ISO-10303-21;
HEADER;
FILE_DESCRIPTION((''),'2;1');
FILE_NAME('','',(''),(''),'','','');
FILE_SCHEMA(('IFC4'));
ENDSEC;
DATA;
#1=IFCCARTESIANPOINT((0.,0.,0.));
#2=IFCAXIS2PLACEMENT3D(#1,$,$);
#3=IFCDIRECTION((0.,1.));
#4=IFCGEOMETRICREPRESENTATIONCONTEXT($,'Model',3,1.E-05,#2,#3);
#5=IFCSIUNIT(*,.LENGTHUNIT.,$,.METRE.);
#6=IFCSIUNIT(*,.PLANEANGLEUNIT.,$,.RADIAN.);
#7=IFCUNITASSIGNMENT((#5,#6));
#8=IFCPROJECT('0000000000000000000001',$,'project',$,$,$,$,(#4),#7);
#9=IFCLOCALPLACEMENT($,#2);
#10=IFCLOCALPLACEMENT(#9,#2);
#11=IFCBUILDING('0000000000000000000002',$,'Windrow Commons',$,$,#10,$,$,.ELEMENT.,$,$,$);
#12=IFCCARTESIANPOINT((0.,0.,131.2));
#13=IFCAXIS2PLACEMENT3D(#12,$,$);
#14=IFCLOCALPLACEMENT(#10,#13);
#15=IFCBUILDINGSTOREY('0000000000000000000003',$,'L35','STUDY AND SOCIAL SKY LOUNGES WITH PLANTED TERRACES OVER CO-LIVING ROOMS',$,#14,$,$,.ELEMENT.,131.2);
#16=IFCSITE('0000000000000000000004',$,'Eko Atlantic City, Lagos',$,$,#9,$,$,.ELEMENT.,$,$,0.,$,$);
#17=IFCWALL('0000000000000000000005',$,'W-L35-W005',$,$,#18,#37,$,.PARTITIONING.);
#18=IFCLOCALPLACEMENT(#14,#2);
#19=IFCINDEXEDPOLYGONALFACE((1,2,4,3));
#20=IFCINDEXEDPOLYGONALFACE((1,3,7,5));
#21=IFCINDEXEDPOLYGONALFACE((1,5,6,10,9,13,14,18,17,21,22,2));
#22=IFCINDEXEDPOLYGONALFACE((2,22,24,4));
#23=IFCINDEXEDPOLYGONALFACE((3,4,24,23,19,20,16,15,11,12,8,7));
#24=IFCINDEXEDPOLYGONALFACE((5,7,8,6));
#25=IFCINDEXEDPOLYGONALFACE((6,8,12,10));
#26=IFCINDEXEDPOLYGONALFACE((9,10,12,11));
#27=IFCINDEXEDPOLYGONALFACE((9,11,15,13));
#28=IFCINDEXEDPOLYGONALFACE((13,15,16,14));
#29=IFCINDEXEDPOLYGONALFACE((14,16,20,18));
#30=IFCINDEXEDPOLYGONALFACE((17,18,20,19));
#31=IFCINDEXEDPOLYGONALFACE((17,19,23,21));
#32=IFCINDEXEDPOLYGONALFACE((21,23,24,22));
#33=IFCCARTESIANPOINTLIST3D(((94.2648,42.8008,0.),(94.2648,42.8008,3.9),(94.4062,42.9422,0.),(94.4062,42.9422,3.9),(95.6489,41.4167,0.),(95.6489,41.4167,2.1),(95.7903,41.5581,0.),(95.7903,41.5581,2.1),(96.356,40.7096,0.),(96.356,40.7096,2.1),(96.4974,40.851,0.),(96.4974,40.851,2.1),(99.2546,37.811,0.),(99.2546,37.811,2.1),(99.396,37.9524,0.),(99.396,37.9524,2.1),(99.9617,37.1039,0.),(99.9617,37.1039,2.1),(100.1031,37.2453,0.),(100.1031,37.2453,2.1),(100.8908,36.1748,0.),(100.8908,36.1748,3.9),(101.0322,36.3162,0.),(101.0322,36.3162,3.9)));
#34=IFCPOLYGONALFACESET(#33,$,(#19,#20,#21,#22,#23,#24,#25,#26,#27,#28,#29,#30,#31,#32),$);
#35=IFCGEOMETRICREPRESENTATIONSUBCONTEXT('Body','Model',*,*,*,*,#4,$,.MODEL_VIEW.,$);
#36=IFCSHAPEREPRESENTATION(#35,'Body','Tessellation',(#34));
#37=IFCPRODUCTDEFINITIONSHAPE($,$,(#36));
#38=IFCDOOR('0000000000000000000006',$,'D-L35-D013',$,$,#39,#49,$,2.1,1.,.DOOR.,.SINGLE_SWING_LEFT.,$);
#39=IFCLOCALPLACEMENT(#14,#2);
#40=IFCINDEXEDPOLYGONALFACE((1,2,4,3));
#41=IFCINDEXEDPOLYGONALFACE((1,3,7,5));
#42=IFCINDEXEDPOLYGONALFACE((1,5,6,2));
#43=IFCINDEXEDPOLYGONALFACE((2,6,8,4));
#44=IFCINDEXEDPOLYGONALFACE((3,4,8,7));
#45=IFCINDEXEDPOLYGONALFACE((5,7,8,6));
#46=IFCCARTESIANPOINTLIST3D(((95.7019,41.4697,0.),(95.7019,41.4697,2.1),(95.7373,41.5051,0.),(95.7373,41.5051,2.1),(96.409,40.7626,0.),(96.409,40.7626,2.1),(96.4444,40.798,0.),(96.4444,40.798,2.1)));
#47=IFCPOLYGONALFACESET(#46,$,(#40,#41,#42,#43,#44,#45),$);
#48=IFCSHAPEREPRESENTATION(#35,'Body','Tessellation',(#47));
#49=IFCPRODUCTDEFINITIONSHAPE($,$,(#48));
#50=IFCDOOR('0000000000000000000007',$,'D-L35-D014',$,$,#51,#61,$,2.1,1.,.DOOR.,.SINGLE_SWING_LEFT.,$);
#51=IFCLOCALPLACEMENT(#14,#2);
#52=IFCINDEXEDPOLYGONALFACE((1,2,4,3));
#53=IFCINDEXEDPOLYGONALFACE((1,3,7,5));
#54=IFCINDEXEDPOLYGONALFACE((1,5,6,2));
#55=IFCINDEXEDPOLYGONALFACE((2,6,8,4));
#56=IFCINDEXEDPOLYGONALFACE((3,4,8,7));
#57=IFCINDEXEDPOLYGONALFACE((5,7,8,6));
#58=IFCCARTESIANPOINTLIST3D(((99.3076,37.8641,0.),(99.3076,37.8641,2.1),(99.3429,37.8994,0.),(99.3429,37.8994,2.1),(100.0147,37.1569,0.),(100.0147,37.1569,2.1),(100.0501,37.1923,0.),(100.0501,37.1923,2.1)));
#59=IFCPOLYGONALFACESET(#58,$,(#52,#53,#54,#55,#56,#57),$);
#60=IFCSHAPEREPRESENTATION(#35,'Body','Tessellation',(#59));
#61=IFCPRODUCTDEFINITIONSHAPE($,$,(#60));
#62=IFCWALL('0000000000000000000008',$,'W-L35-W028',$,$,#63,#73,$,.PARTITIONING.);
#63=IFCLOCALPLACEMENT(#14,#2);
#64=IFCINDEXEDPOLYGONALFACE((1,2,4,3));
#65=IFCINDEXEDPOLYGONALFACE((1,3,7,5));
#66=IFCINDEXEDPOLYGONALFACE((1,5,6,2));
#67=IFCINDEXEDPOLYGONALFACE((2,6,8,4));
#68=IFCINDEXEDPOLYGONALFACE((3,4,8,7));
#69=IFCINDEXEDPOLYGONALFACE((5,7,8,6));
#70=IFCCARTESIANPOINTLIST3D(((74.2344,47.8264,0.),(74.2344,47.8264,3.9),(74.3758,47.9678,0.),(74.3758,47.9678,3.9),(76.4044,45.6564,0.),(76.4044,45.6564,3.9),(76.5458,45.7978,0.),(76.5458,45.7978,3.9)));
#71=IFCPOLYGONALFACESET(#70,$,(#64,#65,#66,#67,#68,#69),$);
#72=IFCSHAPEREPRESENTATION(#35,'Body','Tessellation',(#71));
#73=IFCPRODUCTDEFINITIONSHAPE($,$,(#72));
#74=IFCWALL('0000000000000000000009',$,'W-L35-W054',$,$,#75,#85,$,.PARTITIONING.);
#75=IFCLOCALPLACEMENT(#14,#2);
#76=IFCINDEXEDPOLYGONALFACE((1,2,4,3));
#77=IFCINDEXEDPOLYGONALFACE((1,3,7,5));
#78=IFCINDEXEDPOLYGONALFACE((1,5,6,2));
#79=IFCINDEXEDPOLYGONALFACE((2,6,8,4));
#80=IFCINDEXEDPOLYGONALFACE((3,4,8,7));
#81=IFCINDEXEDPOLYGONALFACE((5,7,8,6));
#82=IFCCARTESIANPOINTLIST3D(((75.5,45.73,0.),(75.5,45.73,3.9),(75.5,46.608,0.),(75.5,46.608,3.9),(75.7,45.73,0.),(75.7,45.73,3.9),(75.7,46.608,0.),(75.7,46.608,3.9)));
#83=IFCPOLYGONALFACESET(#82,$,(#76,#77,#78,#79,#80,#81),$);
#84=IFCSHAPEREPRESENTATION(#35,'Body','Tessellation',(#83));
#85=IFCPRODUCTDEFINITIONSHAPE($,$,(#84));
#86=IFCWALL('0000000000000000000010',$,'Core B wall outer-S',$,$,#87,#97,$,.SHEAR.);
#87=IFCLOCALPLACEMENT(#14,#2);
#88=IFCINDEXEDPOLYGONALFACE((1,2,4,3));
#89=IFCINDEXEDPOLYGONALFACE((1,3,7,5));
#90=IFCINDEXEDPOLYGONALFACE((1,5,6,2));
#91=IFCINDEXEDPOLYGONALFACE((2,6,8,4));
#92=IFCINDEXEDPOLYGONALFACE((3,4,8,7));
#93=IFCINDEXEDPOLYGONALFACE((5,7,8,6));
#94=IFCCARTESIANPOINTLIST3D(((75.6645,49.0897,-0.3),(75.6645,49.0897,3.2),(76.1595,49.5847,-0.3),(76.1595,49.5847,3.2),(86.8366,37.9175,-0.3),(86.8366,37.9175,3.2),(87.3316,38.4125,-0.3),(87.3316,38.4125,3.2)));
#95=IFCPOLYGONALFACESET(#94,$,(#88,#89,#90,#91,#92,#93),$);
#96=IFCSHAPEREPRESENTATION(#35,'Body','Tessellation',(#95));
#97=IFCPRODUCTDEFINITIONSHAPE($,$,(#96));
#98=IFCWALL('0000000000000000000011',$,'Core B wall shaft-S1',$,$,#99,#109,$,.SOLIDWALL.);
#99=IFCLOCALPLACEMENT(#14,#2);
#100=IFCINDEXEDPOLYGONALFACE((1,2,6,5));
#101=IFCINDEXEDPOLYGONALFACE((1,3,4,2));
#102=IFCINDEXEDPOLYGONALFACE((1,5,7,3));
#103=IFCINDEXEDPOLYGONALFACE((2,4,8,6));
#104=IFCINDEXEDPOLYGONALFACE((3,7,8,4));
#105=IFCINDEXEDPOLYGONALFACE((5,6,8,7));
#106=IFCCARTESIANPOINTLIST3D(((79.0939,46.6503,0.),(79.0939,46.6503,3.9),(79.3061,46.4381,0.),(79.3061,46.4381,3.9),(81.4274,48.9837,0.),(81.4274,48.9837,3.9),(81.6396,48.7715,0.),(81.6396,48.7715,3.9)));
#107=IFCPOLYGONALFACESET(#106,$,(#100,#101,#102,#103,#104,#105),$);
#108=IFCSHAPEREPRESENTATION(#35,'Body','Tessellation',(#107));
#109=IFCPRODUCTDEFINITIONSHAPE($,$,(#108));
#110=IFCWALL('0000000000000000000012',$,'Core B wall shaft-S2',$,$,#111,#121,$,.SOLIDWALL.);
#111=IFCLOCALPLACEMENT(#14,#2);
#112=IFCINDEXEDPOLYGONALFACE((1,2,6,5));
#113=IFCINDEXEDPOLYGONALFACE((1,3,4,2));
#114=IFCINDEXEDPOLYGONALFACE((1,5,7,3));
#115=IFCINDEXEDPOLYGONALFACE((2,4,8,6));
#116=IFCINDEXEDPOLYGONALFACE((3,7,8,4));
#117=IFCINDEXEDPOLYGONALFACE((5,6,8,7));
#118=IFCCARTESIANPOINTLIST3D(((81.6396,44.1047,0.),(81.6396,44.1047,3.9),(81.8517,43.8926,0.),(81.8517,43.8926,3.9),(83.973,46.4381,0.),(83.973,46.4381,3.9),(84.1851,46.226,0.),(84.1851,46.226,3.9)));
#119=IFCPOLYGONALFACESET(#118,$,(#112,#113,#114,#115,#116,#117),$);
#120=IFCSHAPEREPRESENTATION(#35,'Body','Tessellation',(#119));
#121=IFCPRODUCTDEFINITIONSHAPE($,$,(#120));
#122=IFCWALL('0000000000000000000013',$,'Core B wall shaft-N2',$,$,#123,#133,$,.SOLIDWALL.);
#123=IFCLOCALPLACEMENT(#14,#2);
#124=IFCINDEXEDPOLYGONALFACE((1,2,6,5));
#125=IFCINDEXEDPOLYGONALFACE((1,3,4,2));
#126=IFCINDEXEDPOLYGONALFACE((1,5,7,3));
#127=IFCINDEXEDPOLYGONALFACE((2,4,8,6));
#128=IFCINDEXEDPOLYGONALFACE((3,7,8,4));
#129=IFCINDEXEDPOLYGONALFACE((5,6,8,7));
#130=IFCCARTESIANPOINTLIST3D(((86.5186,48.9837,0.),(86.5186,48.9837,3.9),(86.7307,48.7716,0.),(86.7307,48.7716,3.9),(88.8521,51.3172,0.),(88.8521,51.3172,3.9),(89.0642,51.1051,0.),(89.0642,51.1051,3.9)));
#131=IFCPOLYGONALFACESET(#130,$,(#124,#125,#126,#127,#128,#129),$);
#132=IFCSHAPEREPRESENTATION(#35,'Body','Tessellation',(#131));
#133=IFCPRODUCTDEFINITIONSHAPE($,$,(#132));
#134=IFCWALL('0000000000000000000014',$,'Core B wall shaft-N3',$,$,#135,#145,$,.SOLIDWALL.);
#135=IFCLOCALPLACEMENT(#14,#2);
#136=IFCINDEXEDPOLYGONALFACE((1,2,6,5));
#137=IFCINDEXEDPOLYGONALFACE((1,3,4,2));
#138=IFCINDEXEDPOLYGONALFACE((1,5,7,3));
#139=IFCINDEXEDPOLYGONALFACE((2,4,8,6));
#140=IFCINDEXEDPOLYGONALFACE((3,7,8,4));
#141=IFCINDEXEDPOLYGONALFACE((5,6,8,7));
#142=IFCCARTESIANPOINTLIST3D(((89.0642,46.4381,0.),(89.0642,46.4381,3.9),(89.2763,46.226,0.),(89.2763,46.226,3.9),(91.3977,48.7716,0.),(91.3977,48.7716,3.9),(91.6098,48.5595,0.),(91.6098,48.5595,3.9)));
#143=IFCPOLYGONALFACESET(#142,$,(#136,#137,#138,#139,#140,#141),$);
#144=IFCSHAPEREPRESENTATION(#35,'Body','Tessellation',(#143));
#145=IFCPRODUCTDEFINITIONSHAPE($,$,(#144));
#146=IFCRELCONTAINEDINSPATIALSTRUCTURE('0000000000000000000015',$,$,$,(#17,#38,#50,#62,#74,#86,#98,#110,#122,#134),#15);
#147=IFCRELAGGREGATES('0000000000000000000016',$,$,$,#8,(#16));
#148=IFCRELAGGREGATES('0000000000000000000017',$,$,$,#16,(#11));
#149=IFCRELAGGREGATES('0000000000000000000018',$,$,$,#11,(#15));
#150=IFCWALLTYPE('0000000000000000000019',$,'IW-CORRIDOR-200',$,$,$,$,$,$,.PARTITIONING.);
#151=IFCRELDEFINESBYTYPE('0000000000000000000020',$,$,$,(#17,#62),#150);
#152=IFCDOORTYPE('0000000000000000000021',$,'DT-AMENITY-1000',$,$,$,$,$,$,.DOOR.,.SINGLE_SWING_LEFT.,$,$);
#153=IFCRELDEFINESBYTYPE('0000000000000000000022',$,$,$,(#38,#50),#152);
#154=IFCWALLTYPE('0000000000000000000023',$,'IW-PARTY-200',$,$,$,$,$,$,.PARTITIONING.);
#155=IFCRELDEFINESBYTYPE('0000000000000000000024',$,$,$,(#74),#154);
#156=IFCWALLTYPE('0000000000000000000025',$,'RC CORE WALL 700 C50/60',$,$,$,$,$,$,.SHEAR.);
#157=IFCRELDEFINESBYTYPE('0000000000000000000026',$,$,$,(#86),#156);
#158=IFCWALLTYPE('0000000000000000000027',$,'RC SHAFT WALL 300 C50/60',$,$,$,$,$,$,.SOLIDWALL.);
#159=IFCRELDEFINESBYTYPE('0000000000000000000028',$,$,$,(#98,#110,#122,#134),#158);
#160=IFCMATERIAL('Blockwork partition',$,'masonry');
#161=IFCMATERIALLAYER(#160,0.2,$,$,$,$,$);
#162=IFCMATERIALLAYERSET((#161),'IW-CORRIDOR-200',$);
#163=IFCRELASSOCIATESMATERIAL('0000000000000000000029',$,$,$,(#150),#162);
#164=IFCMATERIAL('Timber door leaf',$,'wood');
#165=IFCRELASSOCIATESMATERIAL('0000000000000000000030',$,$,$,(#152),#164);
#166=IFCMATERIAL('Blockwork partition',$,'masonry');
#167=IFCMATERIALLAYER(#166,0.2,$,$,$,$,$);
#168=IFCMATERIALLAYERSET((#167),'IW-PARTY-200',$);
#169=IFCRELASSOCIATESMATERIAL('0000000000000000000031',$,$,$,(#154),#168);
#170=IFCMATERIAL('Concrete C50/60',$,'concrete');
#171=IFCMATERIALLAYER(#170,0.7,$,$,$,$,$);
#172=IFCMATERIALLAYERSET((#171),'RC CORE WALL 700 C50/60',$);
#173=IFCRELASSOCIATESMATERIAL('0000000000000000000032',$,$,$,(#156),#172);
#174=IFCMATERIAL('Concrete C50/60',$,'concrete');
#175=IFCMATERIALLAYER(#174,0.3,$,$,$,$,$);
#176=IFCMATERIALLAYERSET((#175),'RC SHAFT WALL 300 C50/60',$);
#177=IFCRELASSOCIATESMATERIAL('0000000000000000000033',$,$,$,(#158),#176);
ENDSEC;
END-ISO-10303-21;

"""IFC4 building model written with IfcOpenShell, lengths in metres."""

from ifc_helpers import new_model, si_unit, direction, frame, frame_2d, origin, place, context, subcontext, project, spatial, rectangle, extrude, material, layer, layer_set, type_object, element, fill, save


model = new_model("IFC4")

# Units and contexts
model_context = context("Model", 3, precision=1e-05, world=origin(), true_north=direction((0.0, 1.0)))
body_context = subcontext(model_context, "Body", "Model", "MODEL_VIEW")
ifc_project = project(units=[si_unit("LENGTHUNIT", "METRE"), si_unit("PLANEANGLEUNIT", "RADIAN")], contexts=[model_context])

# Site, building, storey
site_placement = place(None, origin())
site = spatial("IfcSite", under=ifc_project, at=site_placement, Name="Eko Atlantic City, Lagos", CompositionType="ELEMENT", RefElevation=0.0)
building_placement = place(site_placement, origin())
building = spatial("IfcBuilding", under=site, at=building_placement, Name="Windrow Commons", CompositionType="ELEMENT")
storey_placement = place(building_placement, frame((0.0, 0.0, 131.2)))
storey = spatial("IfcBuildingStorey", under=building, at=storey_placement, Name="L35", Description="STUDY AND SOCIAL SKY LOUNGES WITH PLANTED TERRACES OVER CO-LIVING ROOMS", CompositionType="ELEMENT", Elevation=131.2)

# Wall, openings, doors
ifc_material_1 = material(Name="Blockwork partition", Category="masonry")
ifc_layer_1 = layer(ifc_material_1, 0.2)
ifc_layer_set_1 = layer_set([ifc_layer_1], Name="IW-CORRIDOR-200")
wall_type_1 = type_object("IfcWallType", Name="IW-CORRIDOR-200", PredefinedType="PARTITIONING", material=ifc_layer_set_1)
wall_1_placement = place(storey_placement, frame((94.3355, 42.8715, 0.0), z_axis=(0.0, 0.0, 1.0), x_axis=(0.707107, -0.707107, 0.0)))
wall_1 = element("IfcWall", 1, at=wall_1_placement, inside=storey, type_object=wall_type_1, Name="W-L35-W005", PredefinedType="PARTITIONING", context=body_context, shape_type="SweptSolid", body=[
    extrude(rectangle(XDim=9.3706, YDim=0.2, at=frame_2d((4.6853, 0.0))), origin(), (0.0, 0.0, 1.0), 3.9),
])
opening_1_placement = place(wall_1_placement, frame((1.9574, 0.0, 0.0)))
opening_1 = element("IfcOpeningElement", 2, at=opening_1_placement, cuts=wall_1, PredefinedType="OPENING", context=body_context, shape_type="SweptSolid", body=[
    extrude(rectangle(XDim=1.0, YDim=2.1, at=frame_2d((0.5, 1.05))), frame((0.0, 0.11, 0.0), z_axis=(0.0, -1.0, 0.0), x_axis=(1.0, 0.0, 0.0)), (0.0, 0.0, 1.0), 0.22),
])
opening_2_placement = place(wall_1_placement, frame((7.0566, 0.0, 0.0)))
opening_2 = element("IfcOpeningElement", 3, at=opening_2_placement, cuts=wall_1, PredefinedType="OPENING", context=body_context, shape_type="SweptSolid", body=[
    extrude(rectangle(XDim=1.0, YDim=2.1, at=frame_2d((0.5, 1.05))), frame((0.0, 0.11, 0.0), z_axis=(0.0, -1.0, 0.0), x_axis=(1.0, 0.0, 0.0)), (0.0, 0.0, 1.0), 0.22),
])
ifc_material_2 = material(Name="Timber door leaf", Category="wood")
door_type = type_object("IfcDoorType", Name="DT-AMENITY-1000", OperationType="SINGLE_SWING_LEFT", PredefinedType="DOOR", material=ifc_material_2)
door_1_placement = place(opening_1_placement, origin())
door_1 = element("IfcDoor", 4, at=door_1_placement, inside=storey, type_object=door_type, Name="D-L35-D013", OperationType="SINGLE_SWING_LEFT", OverallHeight=2.1, OverallWidth=1.0, PredefinedType="DOOR", context=body_context, shape_type="SweptSolid", body=[
    extrude(rectangle(XDim=1.0, YDim=2.1, at=frame_2d((0.5, 1.05))), frame((0.0, 0.025, 0.0), z_axis=(0.0, -1.0, 0.0), x_axis=(1.0, 0.0, 0.0)), (0.0, 0.0, 1.0), 0.05),
])
fill(opening_1, door_1)
door_2_placement = place(opening_2_placement, origin())
door_2 = element("IfcDoor", 5, at=door_2_placement, inside=storey, type_object=door_type, Name="D-L35-D014", OperationType="SINGLE_SWING_LEFT", OverallHeight=2.1, OverallWidth=1.0, PredefinedType="DOOR", context=body_context, shape_type="SweptSolid", body=[
    extrude(rectangle(XDim=1.0, YDim=2.1, at=frame_2d((0.5, 1.05))), frame((0.0, 0.025, 0.0), z_axis=(0.0, -1.0, 0.0), x_axis=(1.0, 0.0, 0.0)), (0.0, 0.0, 1.0), 0.05),
])
fill(opening_2, door_2)

# Walls
wall_2_placement = place(storey_placement, frame((74.3051, 47.8971, 0.0), z_axis=(0.0, 0.0, 1.0), x_axis=(0.707107, -0.707107, 0.0)))
element("IfcWall", 6, at=wall_2_placement, inside=storey, type_object=wall_type_1, Name="W-L35-W028", PredefinedType="PARTITIONING", context=body_context, shape_type="SweptSolid", body=[
    extrude(rectangle(XDim=3.0688, YDim=0.2, at=frame_2d((1.5344, 0.0))), origin(), (0.0, 0.0, 1.0), 3.9),
])
ifc_material_3 = material(Name="Blockwork partition", Category="masonry")
ifc_layer_2 = layer(ifc_material_3, 0.2)
ifc_layer_set_2 = layer_set([ifc_layer_2], Name="IW-PARTY-200")
wall_type_2 = type_object("IfcWallType", Name="IW-PARTY-200", PredefinedType="PARTITIONING", material=ifc_layer_set_2)
wall_3_placement = place(storey_placement, frame((75.6, 45.73, 0.0), z_axis=(0.0, 0.0, 1.0), x_axis=(0.0, 1.0, 0.0)))
element("IfcWall", 7, at=wall_3_placement, inside=storey, type_object=wall_type_2, Name="W-L35-W054", PredefinedType="PARTITIONING", context=body_context, shape_type="SweptSolid", body=[
    extrude(rectangle(XDim=0.878, YDim=0.2, at=frame_2d((0.439, 0.0))), origin(), (0.0, 0.0, 1.0), 3.9),
])
ifc_material_4 = material(Name="Concrete C50/60", Category="concrete")
ifc_layer_3 = layer(ifc_material_4, 0.7)
ifc_layer_set_3 = layer_set([ifc_layer_3], Name="RC CORE WALL 700 C50/60")
wall_type_3 = type_object("IfcWallType", Name="RC CORE WALL 700 C50/60", PredefinedType="SHEAR", material=ifc_layer_set_3)
wall_4_placement = place(storey_placement, frame((75.912, 49.3372, -0.3), z_axis=(0.0, 0.0, 1.0), x_axis=(0.707104, -0.70711, 0.0)))
element("IfcWall", 8, at=wall_4_placement, inside=storey, type_object=wall_type_3, Name="Core B wall outer-S", PredefinedType="SHEAR", context=body_context, shape_type="SweptSolid", body=[
    extrude(rectangle(XDim=15.7999, YDim=0.7, at=frame_2d((7.8999, 0.0))), origin(), (0.0, 0.0, 1.0), 3.5),
])
ifc_material_5 = material(Name="Concrete C50/60", Category="concrete")
ifc_layer_4 = layer(ifc_material_5, 0.3)
ifc_layer_set_4 = layer_set([ifc_layer_4], Name="RC SHAFT WALL 300 C50/60")
wall_type_4 = type_object("IfcWallType", Name="RC SHAFT WALL 300 C50/60", PredefinedType="SOLIDWALL", material=ifc_layer_set_4)
wall_5_placement = place(storey_placement, frame((79.2, 46.5442, 0.0), z_axis=(0.0, 0.0, 1.0), x_axis=(0.707122, 0.707092, 0.0)))
element("IfcWall", 9, at=wall_5_placement, inside=storey, type_object=wall_type_4, Name="Core B wall shaft-S1", PredefinedType="SOLIDWALL", context=body_context, shape_type="SweptSolid", body=[
    extrude(rectangle(XDim=3.3, YDim=0.3, at=frame_2d((1.65, 0.0))), origin(), (0.0, 0.0, 1.0), 3.9),
])
wall_6_placement = place(storey_placement, frame((81.7456, 43.9986, 0.0), z_axis=(0.0, 0.0, 1.0), x_axis=(0.707107, 0.707107, 0.0)))
element("IfcWall", 10, at=wall_6_placement, inside=storey, type_object=wall_type_4, Name="Core B wall shaft-S2", PredefinedType="SOLIDWALL", context=body_context, shape_type="SweptSolid", body=[
    extrude(rectangle(XDim=3.2999, YDim=0.3, at=frame_2d((1.65, 0.0))), origin(), (0.0, 0.0, 1.0), 3.9),
])
for number, where, z_axis, x_axis, name in (
    (11, (86.6246, 48.8776, 0.0), (0.0, 0.0, 1.0), (0.707107, 0.707107, 0.0), "Core B wall shaft-N2"),
    (12, (89.1702, 46.332, 0.0), (0.0, 0.0, 1.0), (0.707107, 0.707107, 0.0), "Core B wall shaft-N3"),
):
    element("IfcWall", number, at=place(storey_placement, frame(where, z_axis=z_axis, x_axis=x_axis)), inside=storey, type_object=wall_type_4, Name=name, PredefinedType="SOLIDWALL", context=body_context, shape_type="SweptSolid", body=[
        extrude(rectangle(XDim=3.3001, YDim=0.3, at=frame_2d((1.6501, 0.0))), origin(), (0.0, 0.0, 1.0), 3.9),
    ])

save(model, "model.ifc")
